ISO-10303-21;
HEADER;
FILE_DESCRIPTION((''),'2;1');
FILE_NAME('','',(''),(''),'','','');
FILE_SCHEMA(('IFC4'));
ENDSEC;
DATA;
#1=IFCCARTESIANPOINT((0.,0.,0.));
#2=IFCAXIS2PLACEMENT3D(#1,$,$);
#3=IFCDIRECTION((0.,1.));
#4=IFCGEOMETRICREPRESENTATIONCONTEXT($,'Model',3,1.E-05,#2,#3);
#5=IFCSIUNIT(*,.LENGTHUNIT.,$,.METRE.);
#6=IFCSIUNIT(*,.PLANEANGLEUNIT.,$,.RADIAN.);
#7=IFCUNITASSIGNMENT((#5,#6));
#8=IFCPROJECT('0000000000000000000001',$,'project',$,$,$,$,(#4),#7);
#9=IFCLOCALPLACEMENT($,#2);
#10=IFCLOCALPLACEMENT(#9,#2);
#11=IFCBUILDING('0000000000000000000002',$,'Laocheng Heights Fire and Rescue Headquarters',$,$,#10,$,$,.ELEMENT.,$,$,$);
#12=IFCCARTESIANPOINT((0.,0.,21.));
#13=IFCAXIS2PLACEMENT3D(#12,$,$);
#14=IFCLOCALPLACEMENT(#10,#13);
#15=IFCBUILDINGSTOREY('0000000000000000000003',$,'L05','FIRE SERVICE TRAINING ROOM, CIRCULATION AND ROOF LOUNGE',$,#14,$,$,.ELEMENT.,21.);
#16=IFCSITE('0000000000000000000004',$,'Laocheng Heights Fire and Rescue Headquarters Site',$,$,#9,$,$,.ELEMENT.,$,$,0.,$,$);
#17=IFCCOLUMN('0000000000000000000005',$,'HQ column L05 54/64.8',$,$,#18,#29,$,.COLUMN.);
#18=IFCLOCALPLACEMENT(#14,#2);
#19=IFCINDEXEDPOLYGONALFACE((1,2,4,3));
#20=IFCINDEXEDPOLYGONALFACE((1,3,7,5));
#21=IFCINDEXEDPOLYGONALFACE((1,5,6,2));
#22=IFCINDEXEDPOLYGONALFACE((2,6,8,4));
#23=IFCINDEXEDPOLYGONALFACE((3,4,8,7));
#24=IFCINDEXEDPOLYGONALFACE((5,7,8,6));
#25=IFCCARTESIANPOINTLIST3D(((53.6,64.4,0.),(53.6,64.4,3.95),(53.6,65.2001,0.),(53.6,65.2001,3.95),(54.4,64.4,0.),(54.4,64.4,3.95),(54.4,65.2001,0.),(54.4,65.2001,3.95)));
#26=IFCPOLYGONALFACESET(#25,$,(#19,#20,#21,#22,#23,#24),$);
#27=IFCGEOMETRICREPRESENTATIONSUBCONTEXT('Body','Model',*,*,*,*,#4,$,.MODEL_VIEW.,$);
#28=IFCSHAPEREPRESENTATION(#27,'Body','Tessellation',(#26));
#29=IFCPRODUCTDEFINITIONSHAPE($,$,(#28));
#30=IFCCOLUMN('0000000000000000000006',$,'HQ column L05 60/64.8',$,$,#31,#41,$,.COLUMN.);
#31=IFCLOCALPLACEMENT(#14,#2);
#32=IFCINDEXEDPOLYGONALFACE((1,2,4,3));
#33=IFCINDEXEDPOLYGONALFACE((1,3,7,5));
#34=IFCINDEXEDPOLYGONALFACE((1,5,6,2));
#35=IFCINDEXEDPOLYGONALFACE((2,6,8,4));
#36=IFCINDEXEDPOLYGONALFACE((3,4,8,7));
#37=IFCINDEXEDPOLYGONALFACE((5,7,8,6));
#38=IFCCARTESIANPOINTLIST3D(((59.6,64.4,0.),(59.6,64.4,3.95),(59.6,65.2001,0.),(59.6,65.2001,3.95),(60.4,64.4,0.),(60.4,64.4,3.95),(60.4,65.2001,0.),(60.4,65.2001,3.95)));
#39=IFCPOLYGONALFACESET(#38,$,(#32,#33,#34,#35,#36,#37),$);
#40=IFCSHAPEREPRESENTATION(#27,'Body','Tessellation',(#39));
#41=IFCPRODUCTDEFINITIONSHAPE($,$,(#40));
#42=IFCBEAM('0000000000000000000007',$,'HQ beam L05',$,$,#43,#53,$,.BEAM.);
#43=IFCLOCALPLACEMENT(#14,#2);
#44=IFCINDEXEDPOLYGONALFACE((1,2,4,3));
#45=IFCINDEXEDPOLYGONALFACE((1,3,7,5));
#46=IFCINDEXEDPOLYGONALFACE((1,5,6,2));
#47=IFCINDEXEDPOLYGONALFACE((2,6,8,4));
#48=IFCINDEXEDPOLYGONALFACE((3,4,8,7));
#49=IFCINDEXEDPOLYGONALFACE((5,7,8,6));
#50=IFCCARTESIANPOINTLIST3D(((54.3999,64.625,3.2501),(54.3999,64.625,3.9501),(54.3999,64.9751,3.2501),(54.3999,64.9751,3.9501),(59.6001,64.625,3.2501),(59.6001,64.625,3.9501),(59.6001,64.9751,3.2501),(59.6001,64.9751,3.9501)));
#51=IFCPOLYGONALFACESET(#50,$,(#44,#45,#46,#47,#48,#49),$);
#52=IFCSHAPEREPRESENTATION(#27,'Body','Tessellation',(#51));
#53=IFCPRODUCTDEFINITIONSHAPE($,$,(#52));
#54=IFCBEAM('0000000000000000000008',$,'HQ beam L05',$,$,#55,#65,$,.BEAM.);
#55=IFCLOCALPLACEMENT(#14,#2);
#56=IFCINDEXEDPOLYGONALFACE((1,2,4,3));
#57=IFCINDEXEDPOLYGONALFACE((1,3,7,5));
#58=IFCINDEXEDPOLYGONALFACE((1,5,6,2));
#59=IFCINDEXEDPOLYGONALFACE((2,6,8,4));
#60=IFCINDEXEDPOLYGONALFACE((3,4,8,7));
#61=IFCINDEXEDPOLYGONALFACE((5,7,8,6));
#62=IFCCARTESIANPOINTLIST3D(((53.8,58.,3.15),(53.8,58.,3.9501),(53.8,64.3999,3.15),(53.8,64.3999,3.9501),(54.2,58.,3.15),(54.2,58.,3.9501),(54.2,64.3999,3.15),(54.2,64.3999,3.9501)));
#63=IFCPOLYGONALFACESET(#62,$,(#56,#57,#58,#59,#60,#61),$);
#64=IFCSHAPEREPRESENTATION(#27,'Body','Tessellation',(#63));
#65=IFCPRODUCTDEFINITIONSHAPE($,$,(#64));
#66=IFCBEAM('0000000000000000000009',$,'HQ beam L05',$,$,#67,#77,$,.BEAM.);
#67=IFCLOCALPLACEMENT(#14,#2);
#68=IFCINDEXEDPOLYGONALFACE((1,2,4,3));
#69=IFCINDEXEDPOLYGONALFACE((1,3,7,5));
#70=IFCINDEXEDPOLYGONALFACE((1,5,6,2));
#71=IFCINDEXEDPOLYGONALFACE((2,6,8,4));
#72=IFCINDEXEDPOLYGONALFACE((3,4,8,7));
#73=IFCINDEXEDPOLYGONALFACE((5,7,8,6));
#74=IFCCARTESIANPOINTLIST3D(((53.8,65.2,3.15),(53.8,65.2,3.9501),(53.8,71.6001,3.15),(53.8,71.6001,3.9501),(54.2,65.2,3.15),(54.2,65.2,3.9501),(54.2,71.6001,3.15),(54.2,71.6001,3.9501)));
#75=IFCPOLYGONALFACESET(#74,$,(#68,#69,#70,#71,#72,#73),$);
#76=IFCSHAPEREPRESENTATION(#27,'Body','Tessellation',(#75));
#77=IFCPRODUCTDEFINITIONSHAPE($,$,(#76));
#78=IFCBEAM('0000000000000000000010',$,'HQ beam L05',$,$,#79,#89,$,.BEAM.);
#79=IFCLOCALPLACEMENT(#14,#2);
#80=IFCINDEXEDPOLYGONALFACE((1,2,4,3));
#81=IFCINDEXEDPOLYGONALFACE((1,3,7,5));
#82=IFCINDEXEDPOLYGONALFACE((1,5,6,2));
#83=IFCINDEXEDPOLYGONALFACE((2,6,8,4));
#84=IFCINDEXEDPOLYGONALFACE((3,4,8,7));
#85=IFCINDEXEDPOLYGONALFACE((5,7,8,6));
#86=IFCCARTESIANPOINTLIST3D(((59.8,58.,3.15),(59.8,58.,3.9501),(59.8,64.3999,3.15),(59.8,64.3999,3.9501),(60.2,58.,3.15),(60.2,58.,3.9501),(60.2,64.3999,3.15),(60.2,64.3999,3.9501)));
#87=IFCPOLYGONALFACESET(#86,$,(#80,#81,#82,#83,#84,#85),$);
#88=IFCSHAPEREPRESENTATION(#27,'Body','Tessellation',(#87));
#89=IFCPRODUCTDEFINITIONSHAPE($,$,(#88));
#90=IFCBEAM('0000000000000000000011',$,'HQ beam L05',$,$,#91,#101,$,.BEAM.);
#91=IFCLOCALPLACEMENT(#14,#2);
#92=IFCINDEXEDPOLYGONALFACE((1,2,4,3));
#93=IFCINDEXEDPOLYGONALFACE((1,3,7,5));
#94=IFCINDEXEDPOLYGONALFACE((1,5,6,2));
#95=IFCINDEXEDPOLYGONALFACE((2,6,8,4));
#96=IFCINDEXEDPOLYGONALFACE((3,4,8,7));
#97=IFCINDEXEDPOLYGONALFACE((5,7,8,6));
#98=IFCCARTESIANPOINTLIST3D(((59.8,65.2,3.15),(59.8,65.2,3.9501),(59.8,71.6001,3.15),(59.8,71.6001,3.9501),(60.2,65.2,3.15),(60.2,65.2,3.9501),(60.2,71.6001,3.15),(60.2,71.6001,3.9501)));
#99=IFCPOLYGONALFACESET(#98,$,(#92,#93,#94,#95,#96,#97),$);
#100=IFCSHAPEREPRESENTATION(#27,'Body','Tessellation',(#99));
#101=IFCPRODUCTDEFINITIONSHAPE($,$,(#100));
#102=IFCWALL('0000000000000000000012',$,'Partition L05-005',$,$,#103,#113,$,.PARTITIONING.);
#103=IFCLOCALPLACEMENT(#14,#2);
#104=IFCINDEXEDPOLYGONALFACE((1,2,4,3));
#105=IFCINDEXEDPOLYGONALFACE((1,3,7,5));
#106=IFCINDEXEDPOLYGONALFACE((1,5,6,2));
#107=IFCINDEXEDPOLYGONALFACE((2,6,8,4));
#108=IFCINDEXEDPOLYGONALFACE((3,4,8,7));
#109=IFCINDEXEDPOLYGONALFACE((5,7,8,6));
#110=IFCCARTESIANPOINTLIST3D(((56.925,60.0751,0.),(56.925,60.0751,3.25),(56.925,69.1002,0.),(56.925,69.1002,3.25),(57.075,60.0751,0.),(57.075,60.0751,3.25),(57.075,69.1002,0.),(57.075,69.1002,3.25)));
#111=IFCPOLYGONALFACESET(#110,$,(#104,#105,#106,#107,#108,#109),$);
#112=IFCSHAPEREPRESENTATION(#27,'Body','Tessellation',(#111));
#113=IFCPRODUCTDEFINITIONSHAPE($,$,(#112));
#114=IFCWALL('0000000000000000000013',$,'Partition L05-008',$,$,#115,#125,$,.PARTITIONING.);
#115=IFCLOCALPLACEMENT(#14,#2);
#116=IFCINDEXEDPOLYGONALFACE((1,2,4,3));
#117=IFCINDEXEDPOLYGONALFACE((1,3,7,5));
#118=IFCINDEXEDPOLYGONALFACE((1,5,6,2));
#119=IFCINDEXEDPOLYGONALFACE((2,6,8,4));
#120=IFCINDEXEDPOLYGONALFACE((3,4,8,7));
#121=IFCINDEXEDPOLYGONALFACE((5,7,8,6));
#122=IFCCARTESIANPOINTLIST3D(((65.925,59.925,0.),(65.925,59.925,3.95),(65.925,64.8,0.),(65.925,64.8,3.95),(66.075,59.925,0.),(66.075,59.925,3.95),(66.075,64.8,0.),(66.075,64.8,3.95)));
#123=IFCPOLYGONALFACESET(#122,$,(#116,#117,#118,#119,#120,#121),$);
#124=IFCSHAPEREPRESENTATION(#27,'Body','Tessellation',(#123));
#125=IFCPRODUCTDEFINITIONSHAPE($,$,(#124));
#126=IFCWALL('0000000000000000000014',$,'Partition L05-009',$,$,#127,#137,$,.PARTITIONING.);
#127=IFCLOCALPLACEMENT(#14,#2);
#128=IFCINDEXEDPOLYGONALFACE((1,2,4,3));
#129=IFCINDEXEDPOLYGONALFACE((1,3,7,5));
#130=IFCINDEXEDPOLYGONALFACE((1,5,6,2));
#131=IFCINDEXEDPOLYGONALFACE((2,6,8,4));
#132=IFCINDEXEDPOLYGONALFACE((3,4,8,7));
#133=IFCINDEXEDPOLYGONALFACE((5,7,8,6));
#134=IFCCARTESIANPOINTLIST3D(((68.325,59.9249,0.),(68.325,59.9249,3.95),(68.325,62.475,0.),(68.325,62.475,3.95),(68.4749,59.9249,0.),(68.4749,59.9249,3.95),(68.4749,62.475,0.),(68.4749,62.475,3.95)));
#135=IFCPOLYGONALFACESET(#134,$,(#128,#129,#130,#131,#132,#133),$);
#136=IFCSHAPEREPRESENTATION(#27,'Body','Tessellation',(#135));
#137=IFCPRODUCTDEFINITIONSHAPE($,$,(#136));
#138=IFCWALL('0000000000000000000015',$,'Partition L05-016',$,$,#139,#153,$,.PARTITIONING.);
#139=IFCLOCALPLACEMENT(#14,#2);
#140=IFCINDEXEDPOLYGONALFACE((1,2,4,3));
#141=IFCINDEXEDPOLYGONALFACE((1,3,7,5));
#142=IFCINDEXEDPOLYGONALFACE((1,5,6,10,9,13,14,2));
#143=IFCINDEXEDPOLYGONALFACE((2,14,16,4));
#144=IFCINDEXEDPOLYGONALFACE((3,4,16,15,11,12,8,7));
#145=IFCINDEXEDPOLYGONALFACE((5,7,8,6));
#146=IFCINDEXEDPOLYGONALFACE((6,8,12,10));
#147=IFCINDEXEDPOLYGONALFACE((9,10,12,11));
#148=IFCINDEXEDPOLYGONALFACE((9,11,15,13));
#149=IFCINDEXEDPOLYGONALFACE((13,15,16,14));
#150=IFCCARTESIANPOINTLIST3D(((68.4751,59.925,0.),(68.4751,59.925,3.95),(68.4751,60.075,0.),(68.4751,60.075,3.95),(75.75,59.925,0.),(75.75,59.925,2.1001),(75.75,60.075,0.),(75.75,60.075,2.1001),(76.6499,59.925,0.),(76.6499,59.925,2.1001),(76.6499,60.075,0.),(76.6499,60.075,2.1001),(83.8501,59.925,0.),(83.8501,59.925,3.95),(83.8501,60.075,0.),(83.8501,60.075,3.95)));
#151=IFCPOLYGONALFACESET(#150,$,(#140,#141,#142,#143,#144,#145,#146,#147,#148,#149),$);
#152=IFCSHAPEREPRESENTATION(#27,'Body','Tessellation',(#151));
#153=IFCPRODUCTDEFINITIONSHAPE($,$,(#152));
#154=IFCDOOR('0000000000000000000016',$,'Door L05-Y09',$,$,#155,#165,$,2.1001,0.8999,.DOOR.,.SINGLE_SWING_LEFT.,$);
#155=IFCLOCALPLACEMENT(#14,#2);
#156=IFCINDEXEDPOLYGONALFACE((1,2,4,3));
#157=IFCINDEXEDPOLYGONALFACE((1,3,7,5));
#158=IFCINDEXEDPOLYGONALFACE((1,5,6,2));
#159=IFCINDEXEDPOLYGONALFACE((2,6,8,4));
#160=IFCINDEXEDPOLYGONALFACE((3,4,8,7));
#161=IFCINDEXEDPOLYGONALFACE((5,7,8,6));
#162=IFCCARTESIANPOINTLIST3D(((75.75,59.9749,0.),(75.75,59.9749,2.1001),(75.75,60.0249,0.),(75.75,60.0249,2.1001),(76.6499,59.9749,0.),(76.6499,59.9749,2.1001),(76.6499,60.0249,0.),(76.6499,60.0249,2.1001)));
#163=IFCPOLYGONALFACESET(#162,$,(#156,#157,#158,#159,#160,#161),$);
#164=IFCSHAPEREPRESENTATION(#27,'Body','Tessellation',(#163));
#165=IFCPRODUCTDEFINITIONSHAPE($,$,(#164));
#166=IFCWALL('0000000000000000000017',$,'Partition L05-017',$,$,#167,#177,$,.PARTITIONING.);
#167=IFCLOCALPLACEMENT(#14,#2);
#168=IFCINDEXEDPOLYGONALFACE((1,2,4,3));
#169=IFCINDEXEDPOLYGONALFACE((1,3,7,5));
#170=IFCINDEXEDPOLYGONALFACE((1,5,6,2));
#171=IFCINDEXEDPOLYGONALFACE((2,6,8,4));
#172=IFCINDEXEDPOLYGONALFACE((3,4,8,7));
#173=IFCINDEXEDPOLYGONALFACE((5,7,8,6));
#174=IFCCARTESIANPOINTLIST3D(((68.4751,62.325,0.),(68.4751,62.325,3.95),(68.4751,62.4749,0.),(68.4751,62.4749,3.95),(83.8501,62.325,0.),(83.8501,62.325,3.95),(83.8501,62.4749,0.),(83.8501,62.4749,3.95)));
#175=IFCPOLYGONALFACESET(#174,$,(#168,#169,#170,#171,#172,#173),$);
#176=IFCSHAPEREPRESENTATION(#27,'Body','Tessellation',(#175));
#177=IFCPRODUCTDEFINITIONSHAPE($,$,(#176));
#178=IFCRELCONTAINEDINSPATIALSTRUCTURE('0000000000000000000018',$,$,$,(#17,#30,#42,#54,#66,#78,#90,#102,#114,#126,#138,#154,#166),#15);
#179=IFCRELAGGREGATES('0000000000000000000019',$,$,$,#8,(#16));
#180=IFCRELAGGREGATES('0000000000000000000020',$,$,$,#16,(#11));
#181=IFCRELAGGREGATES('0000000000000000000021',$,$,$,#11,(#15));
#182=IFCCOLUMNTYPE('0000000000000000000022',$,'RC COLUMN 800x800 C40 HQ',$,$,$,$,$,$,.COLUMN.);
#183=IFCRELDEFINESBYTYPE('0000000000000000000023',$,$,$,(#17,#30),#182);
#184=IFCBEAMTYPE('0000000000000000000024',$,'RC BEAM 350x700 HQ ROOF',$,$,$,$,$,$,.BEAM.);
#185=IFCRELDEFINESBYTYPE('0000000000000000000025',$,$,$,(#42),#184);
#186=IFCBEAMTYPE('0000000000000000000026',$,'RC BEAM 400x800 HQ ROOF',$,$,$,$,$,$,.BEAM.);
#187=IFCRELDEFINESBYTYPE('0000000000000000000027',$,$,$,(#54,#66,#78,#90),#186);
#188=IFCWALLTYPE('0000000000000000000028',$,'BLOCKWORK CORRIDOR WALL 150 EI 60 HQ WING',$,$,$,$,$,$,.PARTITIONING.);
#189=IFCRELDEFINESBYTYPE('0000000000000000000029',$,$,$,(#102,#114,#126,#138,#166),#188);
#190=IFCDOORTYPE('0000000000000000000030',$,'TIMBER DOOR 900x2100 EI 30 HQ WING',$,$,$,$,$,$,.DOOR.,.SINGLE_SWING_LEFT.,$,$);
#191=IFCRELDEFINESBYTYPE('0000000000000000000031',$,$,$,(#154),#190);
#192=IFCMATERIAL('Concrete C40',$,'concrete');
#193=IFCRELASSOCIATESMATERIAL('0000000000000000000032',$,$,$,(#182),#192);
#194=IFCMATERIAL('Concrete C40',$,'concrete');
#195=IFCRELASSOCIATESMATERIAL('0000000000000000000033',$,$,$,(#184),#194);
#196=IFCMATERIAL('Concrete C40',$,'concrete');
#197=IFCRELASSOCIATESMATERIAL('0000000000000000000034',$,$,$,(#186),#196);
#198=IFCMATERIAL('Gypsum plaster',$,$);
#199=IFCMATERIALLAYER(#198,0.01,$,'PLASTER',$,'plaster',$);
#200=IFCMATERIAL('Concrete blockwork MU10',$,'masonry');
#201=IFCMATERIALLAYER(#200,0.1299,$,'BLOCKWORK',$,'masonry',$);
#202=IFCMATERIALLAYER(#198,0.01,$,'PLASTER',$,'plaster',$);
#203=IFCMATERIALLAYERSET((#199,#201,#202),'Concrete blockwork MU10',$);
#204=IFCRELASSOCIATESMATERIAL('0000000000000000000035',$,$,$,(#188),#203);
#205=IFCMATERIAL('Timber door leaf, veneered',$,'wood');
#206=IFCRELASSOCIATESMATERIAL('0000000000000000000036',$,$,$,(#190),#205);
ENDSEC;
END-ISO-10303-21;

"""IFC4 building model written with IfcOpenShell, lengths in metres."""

from ifc_helpers import new_model, si_unit, direction, frame, frame_2d, origin, origin_2d, place, context, subcontext, project, spatial, rectangle, extrude, material, layer, layer_set, material_profile, profile_set, type_object, element, fill, save


model = new_model("IFC4")

# Units and contexts
model_context = context("Model", 3, precision=1e-05, world=origin(), true_north=direction((0.0, 1.0)))
body_context = subcontext(model_context, "Body", "Model", "MODEL_VIEW")
ifc_project = project(units=[si_unit("LENGTHUNIT", "METRE"), si_unit("PLANEANGLEUNIT", "RADIAN")], contexts=[model_context])

# Site, building, storey
site_placement = place(None, origin())
site = spatial("IfcSite", under=ifc_project, at=site_placement, Name="Laocheng Heights Fire and Rescue Headquarters Site", CompositionType="ELEMENT", RefElevation=0.0)
building_placement = place(site_placement, origin())
building = spatial("IfcBuilding", under=site, at=building_placement, Name="Laocheng Heights Fire and Rescue Headquarters", CompositionType="ELEMENT")
storey_placement = place(building_placement, frame((0.0, 0.0, 21.0)))
storey = spatial("IfcBuildingStorey", under=building, at=storey_placement, Name="L05", Description="FIRE SERVICE TRAINING ROOM, CIRCULATION AND ROOF LOUNGE", CompositionType="ELEMENT", Elevation=21.0)

# Columns
ifc_material_1 = material(Name="Concrete C40", Category="concrete")
ifc_material_profile_1 = material_profile(ifc_material_1, rectangle(XDim=0.8, YDim=0.8, at=origin_2d()), Name="RC COLUMN 800x800 C40 HQ")
ifc_profile_set_1 = profile_set([ifc_material_profile_1], Name="Concrete C40")
column_type = type_object("IfcColumnType", Name="RC COLUMN 800x800 C40 HQ", PredefinedType="COLUMN", material=ifc_profile_set_1)
for number, where, z_axis, x_axis, name in (
    (1, (54.0, 64.8, 0.0), (0.0, 0.0, 1.0), (1.0, 0.0, 0.0), "HQ column L05 54/64.8"),
    (2, (60.0, 64.8, 0.0), (0.0, 0.0, 1.0), (1.0, 0.0, 0.0), "HQ column L05 60/64.8"),
):
    element("IfcColumn", number, at=place(storey_placement, frame(where, z_axis=z_axis, x_axis=x_axis)), inside=storey, type_object=column_type, Name=name, PredefinedType="COLUMN", context=body_context, shape_type="SweptSolid", body=[
        extrude(rectangle(XDim=0.8, YDim=0.8, at=origin_2d()), origin(), (0.0, 0.0, 1.0), 3.95),
    ])

# Beams
ifc_material_2 = material(Name="Concrete C40", Category="concrete")
ifc_material_profile_2 = material_profile(ifc_material_2, rectangle(XDim=0.3501, YDim=0.7, at=origin_2d()), Name="RC BEAM 350x700 HQ ROOF")
ifc_profile_set_2 = profile_set([ifc_material_profile_2], Name="Concrete C40")
beam_type_1 = type_object("IfcBeamType", Name="RC BEAM 350x700 HQ ROOF", PredefinedType="BEAM", material=ifc_profile_set_2)
beam_1_placement = place(storey_placement, frame((54.3999, 64.8, 3.6001), z_axis=(1.0, 0.0, 0.0), x_axis=(0.0, 1.0, 0.0)))
element("IfcBeam", 3, at=beam_1_placement, inside=storey, type_object=beam_type_1, Name="HQ beam L05", PredefinedType="BEAM", context=body_context, shape_type="SweptSolid", body=[
    extrude(rectangle(XDim=0.3501, YDim=0.7, at=origin_2d()), origin(), (0.0, 0.0, 1.0), 5.2002),
])
ifc_material_3 = material(Name="Concrete C40", Category="concrete")
ifc_material_profile_3 = material_profile(ifc_material_3, rectangle(XDim=0.3999, YDim=0.8, at=origin_2d()), Name="RC BEAM 400x800 HQ ROOF")
ifc_profile_set_3 = profile_set([ifc_material_profile_3], Name="Concrete C40")
beam_type_2 = type_object("IfcBeamType", Name="RC BEAM 400x800 HQ ROOF", PredefinedType="BEAM", material=ifc_profile_set_3)
beam_2_placement = place(storey_placement, frame((54.0, 58.0, 3.55), z_axis=(0.0, 1.0, 0.0), x_axis=(-1.0, 0.0, 0.0)))
element("IfcBeam", 4, at=beam_2_placement, inside=storey, type_object=beam_type_2, Name="HQ beam L05", PredefinedType="BEAM", context=body_context, shape_type="SweptSolid", body=[
    extrude(rectangle(XDim=0.3999, YDim=0.8, at=origin_2d()), origin(), (0.0, 0.0, 1.0), 6.3999),
])
beam_3_placement = place(storey_placement, frame((54.0, 65.2, 3.55), z_axis=(0.0, 1.0, 0.0), x_axis=(-1.0, 0.0, 0.0)))
element("IfcBeam", 5, at=beam_3_placement, inside=storey, type_object=beam_type_2, Name="HQ beam L05", PredefinedType="BEAM", context=body_context, shape_type="SweptSolid", body=[
    extrude(rectangle(XDim=0.3999, YDim=0.8, at=origin_2d()), origin(), (0.0, 0.0, 1.0), 6.4001),
])
beam_4_placement = place(storey_placement, frame((60.0, 58.0, 3.55), z_axis=(0.0, 1.0, 0.0), x_axis=(-1.0, 0.0, 0.0)))
element("IfcBeam", 6, at=beam_4_placement, inside=storey, type_object=beam_type_2, Name="HQ beam L05", PredefinedType="BEAM", context=body_context, shape_type="SweptSolid", body=[
    extrude(rectangle(XDim=0.3999, YDim=0.8, at=origin_2d()), origin(), (0.0, 0.0, 1.0), 6.3999),
])
beam_5_placement = place(storey_placement, frame((60.0, 65.2, 3.55), z_axis=(0.0, 1.0, 0.0), x_axis=(-1.0, 0.0, 0.0)))
element("IfcBeam", 7, at=beam_5_placement, inside=storey, type_object=beam_type_2, Name="HQ beam L05", PredefinedType="BEAM", context=body_context, shape_type="SweptSolid", body=[
    extrude(rectangle(XDim=0.3999, YDim=0.8, at=origin_2d()), origin(), (0.0, 0.0, 1.0), 6.4001),
])

# Walls
ifc_material_4 = material(Name="Gypsum plaster")
ifc_layer_1 = layer(ifc_material_4, 0.01, Name="PLASTER", Category="plaster")
ifc_material_5 = material(Name="Concrete blockwork MU10", Category="masonry")
ifc_layer_2 = layer(ifc_material_5, 0.1299, Name="BLOCKWORK", Category="masonry")
ifc_layer_3 = layer(ifc_material_4, 0.01, Name="PLASTER", Category="plaster")
ifc_layer_set_1 = layer_set([ifc_layer_1, ifc_layer_2, ifc_layer_3], Name="Concrete blockwork MU10")
wall_type_1 = type_object("IfcWallType", Name="BLOCKWORK CORRIDOR WALL 150 EI 60 HQ WING", PredefinedType="PARTITIONING", material=ifc_layer_set_1)
wall_1_placement = place(storey_placement, frame((57.0, 60.075, 0.0), z_axis=(0.0, 0.0, 1.0), x_axis=(0.0, 1.0, 0.0)))
element("IfcWall", 8, at=wall_1_placement, inside=storey, type_object=wall_type_1, Name="Partition L05-005", PredefinedType="PARTITIONING", context=body_context, shape_type="SweptSolid", body=[
    extrude(rectangle(XDim=9.0251, YDim=0.1499, at=frame_2d((4.5127, 0.0))), origin(), (0.0, 0.0, 1.0), 3.25),
])
wall_2_placement = place(storey_placement, frame((66.0, 59.925, 0.0), z_axis=(0.0, 0.0, 1.0), x_axis=(0.0, 1.0, 0.0)))
element("IfcWall", 9, at=wall_2_placement, inside=storey, type_object=wall_type_1, Name="Partition L05-008", PredefinedType="PARTITIONING", context=body_context, shape_type="SweptSolid", body=[
    extrude(rectangle(XDim=4.875, YDim=0.1499, at=frame_2d((2.4375, 0.0))), origin(), (0.0, 0.0, 1.0), 3.95),
])
wall_3_placement = place(storey_placement, frame((68.3999, 59.925, 0.0), z_axis=(0.0, 0.0, 1.0), x_axis=(0.0, 1.0, 0.0)))
element("IfcWall", 10, at=wall_3_placement, inside=storey, type_object=wall_type_1, Name="Partition L05-009", PredefinedType="PARTITIONING", context=body_context, shape_type="SweptSolid", body=[
    extrude(rectangle(XDim=2.55, YDim=0.1499, at=frame_2d((1.2749, 0.0))), origin(), (0.0, 0.0, 1.0), 3.95),
])

# Wall, opening, door
wall_4_placement = place(storey_placement, frame((68.4751, 60.0, 0.0), z_axis=(0.0, 0.0, 1.0), x_axis=(1.0, 0.0, 0.0)))
wall_4 = element("IfcWall", 11, at=wall_4_placement, inside=storey, type_object=wall_type_1, Name="Partition L05-016", PredefinedType="PARTITIONING", context=body_context, shape_type="SweptSolid", body=[
    extrude(rectangle(XDim=15.375, YDim=0.1499, at=frame_2d((7.6875, 0.0))), origin(), (0.0, 0.0, 1.0), 3.95),
])
opening_1_placement = place(wall_4_placement, frame((7.2749, 0.0, 0.0)))
opening_1 = element("IfcOpeningElement", 12, at=opening_1_placement, cuts=wall_4, PredefinedType="OPENING", context=body_context, shape_type="SweptSolid", body=[
    extrude(rectangle(XDim=0.8999, YDim=2.1001, at=frame_2d((0.45, 1.05))), frame((0.0, 0.085, 0.0), z_axis=(0.0, -1.0, 0.0), x_axis=(1.0, 0.0, 0.0)), (0.0, 0.0, 1.0), 0.1699),
])
ifc_material_6 = material(Name="Timber door leaf, veneered", Category="wood")
door_type_1 = type_object("IfcDoorType", Name="TIMBER DOOR 900x2100 EI 30 HQ WING", OperationType="SINGLE_SWING_LEFT", PredefinedType="DOOR", material=ifc_material_6)
door_1_placement = place(opening_1_placement, origin())
door_1 = element("IfcDoor", 13, at=door_1_placement, inside=storey, type_object=door_type_1, Name="Door L05-Y09", OperationType="SINGLE_SWING_LEFT", OverallHeight=2.1001, OverallWidth=0.8999, PredefinedType="DOOR", context=body_context, shape_type="SweptSolid", body=[
    extrude(rectangle(XDim=0.8999, YDim=2.1001, at=frame_2d((0.45, 1.05))), frame((0.0, 0.0249, 0.0), z_axis=(0.0, -1.0, 0.0), x_axis=(1.0, 0.0, 0.0)), (0.0, 0.0, 1.0), 0.05),
])
fill(opening_1, door_1)

# Wall
wall_5_placement = place(storey_placement, frame((68.4751, 62.3999, 0.0), z_axis=(0.0, 0.0, 1.0), x_axis=(1.0, 0.0, 0.0)))
element("IfcWall", 14, at=wall_5_placement, inside=storey, type_object=wall_type_1, Name="Partition L05-017", PredefinedType="PARTITIONING", context=body_context, shape_type="SweptSolid", body=[
    extrude(rectangle(XDim=15.375, YDim=0.1499, at=frame_2d((7.6875, 0.0))), origin(), (0.0, 0.0, 1.0), 3.95),
])

save(model, "model.ifc")
